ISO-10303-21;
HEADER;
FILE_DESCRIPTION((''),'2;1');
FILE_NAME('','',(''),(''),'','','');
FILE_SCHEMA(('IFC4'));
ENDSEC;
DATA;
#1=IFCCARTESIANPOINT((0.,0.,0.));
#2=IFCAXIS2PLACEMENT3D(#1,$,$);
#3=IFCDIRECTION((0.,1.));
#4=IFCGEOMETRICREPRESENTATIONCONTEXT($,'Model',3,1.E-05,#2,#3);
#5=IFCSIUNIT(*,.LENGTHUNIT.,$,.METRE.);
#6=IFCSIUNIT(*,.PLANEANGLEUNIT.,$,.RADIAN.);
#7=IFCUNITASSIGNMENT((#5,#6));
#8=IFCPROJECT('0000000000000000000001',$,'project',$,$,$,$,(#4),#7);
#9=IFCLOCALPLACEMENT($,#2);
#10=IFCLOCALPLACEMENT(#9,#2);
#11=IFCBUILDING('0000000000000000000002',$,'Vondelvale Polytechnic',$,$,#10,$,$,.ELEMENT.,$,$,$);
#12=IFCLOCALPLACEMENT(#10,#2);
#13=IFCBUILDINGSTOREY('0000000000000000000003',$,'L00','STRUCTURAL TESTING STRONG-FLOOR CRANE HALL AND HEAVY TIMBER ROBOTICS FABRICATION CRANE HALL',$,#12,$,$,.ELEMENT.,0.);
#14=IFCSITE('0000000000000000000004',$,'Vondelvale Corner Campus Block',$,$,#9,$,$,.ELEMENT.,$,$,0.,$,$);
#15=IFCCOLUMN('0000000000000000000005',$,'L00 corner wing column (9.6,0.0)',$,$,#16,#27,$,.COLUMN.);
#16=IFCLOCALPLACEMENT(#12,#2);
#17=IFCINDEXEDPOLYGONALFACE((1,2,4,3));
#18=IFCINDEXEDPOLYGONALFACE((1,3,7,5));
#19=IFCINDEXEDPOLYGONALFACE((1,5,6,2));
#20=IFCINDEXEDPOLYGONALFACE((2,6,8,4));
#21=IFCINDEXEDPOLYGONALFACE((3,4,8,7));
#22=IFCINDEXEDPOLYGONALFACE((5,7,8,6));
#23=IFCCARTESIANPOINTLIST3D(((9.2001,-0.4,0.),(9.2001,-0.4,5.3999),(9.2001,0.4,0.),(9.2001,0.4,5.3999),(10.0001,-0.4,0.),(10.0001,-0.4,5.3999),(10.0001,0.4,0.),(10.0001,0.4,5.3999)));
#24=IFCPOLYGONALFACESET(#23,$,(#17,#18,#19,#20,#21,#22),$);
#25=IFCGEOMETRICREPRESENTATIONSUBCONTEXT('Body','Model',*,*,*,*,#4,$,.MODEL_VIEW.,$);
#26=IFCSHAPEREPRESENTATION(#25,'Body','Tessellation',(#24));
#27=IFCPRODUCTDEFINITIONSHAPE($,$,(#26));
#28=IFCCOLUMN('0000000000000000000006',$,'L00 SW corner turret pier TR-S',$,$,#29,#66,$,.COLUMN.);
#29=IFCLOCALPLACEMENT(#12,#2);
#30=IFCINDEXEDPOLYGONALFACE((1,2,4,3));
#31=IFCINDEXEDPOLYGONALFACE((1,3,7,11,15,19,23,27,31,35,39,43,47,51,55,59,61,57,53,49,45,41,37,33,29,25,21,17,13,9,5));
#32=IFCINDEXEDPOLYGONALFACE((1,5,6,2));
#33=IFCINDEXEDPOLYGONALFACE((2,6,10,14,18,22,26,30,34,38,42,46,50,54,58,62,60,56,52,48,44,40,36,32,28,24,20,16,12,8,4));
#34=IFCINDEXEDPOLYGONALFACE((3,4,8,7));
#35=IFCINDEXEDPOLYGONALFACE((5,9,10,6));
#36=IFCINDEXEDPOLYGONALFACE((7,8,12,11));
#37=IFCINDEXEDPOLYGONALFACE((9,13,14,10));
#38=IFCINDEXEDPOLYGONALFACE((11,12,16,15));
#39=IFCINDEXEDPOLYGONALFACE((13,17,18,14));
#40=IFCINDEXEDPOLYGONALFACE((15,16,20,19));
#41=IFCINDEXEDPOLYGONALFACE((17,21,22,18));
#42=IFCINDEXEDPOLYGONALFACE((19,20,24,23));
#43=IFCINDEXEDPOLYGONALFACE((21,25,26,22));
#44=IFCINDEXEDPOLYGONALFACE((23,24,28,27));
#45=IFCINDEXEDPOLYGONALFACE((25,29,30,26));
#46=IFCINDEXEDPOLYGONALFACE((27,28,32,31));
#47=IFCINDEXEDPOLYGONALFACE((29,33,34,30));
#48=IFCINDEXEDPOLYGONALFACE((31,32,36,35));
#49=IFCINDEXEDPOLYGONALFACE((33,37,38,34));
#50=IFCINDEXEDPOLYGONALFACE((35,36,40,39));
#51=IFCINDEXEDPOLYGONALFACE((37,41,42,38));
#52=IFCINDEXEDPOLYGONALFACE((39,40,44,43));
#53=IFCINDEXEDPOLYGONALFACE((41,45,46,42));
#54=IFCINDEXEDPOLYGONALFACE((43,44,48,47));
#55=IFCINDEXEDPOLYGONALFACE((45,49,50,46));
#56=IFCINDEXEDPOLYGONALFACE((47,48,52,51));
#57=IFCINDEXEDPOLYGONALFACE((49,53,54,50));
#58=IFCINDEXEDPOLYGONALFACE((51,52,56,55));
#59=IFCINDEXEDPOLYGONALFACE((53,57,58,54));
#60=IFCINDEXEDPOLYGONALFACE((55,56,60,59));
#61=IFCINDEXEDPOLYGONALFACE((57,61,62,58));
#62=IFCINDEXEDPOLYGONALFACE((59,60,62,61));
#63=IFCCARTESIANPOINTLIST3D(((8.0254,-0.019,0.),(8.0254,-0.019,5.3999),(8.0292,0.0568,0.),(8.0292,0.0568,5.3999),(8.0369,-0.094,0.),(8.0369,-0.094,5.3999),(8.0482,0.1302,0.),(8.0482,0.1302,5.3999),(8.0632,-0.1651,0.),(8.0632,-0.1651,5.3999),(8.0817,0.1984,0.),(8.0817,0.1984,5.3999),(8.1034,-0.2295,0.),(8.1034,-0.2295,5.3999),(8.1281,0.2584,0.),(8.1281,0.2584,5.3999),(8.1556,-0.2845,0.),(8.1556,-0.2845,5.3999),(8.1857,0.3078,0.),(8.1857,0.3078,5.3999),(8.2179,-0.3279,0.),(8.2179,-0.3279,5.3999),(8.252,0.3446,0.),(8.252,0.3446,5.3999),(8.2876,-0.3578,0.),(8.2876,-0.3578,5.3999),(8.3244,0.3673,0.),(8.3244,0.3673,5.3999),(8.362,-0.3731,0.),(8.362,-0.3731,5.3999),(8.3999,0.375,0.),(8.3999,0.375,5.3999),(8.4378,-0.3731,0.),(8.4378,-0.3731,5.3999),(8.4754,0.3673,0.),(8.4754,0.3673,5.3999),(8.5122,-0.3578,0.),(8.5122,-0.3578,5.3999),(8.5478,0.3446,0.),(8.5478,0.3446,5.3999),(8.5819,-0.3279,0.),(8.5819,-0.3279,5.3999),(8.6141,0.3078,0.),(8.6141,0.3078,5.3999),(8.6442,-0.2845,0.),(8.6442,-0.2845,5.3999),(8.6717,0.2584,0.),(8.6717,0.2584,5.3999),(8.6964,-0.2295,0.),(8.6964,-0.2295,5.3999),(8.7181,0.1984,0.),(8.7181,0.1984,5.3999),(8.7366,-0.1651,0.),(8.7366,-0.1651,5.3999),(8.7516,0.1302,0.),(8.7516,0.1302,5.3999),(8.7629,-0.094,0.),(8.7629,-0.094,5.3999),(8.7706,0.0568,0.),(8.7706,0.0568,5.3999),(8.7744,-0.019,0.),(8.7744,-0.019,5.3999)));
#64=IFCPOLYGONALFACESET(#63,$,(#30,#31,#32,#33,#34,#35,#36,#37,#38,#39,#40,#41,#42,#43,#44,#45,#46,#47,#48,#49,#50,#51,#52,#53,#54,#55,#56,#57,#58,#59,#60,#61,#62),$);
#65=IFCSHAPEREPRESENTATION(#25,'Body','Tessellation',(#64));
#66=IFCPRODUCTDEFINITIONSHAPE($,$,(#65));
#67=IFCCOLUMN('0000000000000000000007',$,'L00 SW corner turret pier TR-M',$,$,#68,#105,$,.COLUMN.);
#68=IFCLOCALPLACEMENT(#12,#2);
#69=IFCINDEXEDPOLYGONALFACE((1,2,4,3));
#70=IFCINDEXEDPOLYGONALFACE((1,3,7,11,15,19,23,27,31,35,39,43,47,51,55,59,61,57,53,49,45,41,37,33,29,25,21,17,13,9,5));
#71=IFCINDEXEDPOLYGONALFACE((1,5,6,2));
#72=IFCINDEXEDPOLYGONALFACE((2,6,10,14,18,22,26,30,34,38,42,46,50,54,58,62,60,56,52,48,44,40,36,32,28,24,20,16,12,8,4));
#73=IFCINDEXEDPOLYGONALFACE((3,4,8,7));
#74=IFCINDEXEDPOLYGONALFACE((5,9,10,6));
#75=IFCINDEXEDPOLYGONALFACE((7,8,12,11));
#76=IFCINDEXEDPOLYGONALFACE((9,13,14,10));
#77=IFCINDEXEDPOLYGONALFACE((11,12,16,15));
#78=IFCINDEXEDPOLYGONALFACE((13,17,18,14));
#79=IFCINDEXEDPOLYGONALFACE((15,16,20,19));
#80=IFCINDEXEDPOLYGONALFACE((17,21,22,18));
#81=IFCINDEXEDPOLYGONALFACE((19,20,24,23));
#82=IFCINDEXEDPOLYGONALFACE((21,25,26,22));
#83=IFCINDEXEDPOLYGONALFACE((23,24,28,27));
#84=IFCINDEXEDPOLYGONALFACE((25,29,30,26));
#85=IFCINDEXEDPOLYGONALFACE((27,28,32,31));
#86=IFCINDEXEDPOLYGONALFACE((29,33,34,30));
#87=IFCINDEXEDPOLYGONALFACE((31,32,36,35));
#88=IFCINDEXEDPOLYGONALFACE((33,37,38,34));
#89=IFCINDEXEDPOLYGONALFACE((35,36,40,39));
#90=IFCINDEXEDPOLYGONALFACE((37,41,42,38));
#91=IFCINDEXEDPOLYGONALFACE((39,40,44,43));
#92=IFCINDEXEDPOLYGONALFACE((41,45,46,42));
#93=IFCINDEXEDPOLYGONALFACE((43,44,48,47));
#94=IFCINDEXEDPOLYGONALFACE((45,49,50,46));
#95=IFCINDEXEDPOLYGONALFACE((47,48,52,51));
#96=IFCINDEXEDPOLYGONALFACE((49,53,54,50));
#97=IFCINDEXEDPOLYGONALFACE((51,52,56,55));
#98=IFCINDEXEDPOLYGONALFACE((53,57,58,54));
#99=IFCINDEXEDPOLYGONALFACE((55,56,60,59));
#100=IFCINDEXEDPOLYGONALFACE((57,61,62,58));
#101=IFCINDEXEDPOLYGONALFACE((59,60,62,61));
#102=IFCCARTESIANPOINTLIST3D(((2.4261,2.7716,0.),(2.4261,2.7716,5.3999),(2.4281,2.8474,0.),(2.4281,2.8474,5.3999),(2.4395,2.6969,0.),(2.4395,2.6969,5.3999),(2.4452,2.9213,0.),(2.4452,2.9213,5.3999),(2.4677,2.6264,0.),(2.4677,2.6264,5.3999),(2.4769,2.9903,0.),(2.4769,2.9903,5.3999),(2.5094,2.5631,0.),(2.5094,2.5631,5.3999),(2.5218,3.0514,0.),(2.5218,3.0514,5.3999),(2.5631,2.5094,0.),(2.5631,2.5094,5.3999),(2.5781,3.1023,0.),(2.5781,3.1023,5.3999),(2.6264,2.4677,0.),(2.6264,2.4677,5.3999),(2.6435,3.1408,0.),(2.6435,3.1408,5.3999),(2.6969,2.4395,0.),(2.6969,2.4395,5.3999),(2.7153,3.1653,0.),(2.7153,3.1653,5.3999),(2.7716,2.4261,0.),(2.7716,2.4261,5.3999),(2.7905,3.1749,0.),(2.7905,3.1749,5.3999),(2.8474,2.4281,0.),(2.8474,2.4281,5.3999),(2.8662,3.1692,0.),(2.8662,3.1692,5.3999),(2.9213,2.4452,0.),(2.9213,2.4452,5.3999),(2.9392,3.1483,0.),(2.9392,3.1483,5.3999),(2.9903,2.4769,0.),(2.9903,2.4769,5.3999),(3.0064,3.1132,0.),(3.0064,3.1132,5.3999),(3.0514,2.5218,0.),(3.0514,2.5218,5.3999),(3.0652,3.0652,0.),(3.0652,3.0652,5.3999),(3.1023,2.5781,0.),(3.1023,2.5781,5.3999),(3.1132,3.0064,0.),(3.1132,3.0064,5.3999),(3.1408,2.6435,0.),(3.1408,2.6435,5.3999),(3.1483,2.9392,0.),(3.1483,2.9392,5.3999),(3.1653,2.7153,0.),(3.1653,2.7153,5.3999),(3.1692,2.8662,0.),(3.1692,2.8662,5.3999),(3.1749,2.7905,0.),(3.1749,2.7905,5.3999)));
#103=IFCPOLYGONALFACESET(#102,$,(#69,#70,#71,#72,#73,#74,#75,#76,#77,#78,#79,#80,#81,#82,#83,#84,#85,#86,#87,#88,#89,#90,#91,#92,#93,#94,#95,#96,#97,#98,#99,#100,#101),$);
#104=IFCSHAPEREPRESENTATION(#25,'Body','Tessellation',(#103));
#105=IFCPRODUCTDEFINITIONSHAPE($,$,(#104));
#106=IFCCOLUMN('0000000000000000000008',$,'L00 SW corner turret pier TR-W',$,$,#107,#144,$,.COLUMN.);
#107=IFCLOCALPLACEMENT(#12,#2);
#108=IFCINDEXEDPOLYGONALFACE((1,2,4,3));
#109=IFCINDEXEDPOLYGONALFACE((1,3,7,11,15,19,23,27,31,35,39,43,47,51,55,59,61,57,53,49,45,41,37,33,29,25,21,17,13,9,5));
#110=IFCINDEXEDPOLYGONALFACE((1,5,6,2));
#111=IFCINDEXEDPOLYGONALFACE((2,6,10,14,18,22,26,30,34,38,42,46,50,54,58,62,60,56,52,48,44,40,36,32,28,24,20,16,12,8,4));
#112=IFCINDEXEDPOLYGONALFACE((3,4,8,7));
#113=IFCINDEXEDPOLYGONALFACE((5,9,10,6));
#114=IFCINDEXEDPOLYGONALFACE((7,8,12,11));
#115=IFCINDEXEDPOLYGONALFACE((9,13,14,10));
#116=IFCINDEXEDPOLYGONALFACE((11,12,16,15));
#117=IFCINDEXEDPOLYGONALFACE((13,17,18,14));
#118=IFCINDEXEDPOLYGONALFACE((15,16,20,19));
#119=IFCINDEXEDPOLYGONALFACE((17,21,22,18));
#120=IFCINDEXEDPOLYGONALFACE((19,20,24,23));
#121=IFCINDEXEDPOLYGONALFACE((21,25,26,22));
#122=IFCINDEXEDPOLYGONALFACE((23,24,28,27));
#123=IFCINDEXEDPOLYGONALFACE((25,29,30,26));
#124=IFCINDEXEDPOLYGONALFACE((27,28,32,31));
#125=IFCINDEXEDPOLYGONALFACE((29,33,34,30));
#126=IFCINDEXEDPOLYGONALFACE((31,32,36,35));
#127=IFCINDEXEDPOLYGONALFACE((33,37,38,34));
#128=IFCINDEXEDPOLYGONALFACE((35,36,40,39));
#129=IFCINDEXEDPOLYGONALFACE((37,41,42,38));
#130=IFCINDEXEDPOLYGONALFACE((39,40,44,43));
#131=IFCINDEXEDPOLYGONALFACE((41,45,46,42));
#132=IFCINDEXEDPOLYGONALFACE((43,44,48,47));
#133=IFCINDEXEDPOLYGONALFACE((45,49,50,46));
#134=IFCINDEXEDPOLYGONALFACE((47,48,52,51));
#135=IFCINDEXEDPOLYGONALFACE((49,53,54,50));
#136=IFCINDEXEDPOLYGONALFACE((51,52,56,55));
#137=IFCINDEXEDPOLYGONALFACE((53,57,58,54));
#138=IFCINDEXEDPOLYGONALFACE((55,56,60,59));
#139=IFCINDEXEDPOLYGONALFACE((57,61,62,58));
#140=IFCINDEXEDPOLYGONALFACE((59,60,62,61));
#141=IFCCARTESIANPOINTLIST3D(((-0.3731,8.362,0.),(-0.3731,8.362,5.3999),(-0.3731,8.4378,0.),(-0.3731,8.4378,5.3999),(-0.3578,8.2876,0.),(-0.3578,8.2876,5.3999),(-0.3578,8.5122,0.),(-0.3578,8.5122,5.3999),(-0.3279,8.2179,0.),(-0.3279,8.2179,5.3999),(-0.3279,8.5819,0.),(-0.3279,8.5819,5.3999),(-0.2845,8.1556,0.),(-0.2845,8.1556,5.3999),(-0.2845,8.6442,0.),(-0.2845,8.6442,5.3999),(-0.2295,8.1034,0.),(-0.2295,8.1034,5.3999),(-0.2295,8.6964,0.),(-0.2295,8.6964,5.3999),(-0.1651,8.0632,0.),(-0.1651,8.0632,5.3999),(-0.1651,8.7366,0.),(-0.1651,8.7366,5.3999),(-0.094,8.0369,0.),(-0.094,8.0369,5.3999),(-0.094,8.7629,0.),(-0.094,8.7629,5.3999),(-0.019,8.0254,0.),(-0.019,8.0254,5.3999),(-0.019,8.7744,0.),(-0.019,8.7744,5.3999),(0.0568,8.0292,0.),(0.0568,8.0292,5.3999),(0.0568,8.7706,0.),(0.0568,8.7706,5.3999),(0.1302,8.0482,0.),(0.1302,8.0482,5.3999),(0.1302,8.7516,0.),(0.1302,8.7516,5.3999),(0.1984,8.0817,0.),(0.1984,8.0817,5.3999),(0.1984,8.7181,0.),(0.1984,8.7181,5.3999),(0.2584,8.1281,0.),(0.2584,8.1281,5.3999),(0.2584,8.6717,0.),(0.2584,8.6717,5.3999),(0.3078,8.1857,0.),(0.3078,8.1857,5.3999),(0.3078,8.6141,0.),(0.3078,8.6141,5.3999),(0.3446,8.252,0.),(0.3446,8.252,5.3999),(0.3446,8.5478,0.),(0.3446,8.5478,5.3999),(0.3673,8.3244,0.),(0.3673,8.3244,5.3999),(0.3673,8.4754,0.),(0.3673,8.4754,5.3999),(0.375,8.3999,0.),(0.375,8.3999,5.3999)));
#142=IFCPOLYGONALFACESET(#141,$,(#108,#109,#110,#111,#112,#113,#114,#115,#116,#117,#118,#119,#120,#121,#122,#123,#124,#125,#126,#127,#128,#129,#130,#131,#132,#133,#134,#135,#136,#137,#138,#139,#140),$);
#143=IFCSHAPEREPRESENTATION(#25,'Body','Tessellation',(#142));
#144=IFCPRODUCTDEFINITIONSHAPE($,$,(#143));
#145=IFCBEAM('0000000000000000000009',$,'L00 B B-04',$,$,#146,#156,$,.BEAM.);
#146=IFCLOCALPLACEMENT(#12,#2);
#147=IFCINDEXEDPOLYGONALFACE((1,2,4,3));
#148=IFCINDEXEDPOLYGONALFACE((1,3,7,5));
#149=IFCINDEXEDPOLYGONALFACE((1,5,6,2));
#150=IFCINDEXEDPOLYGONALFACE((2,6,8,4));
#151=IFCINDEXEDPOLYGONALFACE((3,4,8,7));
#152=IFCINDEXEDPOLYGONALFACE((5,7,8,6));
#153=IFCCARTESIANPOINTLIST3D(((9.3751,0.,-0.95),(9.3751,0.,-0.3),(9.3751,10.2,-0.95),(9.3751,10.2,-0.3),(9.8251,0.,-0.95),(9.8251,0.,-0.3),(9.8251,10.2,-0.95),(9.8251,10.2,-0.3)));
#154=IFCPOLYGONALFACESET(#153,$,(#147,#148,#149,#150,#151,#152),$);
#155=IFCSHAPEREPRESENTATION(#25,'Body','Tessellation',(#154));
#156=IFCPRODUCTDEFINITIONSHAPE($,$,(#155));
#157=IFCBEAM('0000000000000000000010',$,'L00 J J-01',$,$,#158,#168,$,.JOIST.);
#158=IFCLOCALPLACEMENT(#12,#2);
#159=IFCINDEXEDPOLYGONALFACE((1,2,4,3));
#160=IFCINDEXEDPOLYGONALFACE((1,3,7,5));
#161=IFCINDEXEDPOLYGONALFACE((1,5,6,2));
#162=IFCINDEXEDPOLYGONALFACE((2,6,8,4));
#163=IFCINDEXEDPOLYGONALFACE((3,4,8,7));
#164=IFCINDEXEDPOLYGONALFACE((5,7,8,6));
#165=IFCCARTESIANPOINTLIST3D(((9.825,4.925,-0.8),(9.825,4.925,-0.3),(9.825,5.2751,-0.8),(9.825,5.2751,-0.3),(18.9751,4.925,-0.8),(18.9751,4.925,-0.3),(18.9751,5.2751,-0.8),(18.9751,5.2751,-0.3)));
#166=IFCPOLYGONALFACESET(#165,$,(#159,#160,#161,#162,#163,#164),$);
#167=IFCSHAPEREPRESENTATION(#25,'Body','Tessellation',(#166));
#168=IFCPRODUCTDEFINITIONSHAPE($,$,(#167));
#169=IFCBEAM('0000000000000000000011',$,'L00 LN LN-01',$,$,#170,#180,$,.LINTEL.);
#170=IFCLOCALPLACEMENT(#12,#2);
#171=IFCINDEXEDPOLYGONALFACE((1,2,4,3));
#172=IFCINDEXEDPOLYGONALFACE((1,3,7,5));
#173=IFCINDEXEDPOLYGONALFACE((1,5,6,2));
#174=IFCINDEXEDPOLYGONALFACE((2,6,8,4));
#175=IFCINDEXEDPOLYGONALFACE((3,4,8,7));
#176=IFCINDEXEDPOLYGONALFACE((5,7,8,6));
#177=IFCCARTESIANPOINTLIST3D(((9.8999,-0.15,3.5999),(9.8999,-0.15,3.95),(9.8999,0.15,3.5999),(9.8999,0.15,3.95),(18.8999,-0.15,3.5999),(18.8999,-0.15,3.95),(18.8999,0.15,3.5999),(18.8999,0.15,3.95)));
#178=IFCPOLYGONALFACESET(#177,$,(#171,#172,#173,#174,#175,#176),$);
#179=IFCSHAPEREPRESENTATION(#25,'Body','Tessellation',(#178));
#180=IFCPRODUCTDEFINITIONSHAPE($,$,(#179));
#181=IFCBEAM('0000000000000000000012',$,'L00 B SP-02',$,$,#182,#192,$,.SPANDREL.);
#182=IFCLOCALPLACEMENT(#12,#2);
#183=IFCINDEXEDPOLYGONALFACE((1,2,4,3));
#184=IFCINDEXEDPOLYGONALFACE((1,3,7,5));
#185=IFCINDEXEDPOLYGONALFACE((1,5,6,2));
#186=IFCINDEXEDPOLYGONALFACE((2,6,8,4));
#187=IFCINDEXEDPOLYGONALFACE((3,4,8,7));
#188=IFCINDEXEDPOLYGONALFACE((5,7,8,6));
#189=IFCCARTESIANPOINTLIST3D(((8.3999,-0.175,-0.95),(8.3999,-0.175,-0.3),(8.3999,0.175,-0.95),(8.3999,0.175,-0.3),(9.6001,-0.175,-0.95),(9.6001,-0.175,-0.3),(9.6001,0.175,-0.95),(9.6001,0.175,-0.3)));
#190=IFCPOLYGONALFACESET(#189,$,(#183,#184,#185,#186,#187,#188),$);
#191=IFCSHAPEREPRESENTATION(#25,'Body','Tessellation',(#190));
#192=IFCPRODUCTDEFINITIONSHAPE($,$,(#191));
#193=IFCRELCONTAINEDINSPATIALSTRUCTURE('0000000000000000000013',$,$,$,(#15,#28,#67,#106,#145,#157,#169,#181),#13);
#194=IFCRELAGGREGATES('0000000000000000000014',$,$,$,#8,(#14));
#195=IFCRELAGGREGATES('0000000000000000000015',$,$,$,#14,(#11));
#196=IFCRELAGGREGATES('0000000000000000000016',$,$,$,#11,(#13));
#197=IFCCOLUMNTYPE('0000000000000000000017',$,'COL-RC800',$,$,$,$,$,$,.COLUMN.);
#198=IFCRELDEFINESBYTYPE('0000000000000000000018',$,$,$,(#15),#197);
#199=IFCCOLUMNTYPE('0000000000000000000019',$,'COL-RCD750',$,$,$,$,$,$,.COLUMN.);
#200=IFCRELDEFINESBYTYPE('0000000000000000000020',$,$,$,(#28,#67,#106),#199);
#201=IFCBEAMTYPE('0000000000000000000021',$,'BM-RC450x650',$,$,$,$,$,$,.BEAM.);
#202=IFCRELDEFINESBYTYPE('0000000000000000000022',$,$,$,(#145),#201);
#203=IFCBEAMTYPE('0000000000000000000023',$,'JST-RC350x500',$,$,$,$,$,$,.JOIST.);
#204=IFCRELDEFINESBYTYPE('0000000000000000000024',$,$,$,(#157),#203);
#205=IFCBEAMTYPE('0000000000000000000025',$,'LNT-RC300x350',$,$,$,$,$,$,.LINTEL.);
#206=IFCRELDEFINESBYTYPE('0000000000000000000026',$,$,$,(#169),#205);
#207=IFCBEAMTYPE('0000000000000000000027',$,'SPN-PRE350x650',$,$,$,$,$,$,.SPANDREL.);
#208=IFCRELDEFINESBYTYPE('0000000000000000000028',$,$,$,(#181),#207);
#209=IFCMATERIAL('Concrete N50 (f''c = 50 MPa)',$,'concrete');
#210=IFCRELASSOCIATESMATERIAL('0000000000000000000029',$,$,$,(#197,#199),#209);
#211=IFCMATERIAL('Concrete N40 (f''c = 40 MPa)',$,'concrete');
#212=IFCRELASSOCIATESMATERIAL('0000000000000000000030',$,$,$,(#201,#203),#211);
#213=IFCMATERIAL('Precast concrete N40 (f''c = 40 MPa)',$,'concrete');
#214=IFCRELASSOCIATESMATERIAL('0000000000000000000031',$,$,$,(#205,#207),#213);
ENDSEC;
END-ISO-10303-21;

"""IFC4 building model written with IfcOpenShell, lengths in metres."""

from ifc_helpers import new_model, si_unit, direction, frame, origin, origin_2d, place, context, subcontext, project, spatial, rectangle, circle, extrude, material, material_profile, profile_set, type_object, element, save


model = new_model("IFC4")

# Units and contexts
model_context = context("Model", 3, precision=1e-05, world=origin(), true_north=direction((0.0, 1.0)))
body_context = subcontext(model_context, "Body", "Model", "MODEL_VIEW")
ifc_project = project(units=[si_unit("LENGTHUNIT", "METRE"), si_unit("PLANEANGLEUNIT", "RADIAN")], contexts=[model_context])

# Site, building, storey
site_placement = place(None, origin())
site = spatial("IfcSite", under=ifc_project, at=site_placement, Name="Vondelvale Corner Campus Block", CompositionType="ELEMENT", RefElevation=0.0)
building_placement = place(site_placement, origin())
building = spatial("IfcBuilding", under=site, at=building_placement, Name="Vondelvale Polytechnic", CompositionType="ELEMENT")
storey_placement = place(building_placement, origin())
storey = spatial("IfcBuildingStorey", under=building, at=storey_placement, Name="L00", Description="STRUCTURAL TESTING STRONG-FLOOR CRANE HALL AND HEAVY TIMBER ROBOTICS FABRICATION CRANE HALL", CompositionType="ELEMENT", Elevation=0.0)

# Columns
ifc_material_1 = material(Name="Concrete N50 (f'c = 50 MPa)", Category="concrete")
ifc_material_profile_1 = material_profile(ifc_material_1, rectangle(XDim=0.8, YDim=0.8, at=origin_2d()), Name="RC-COL-800x800")
ifc_profile_set_1 = profile_set([ifc_material_profile_1], Name="Concrete N50 (f'c = 50 MPa)")
column_type_1 = type_object("IfcColumnType", Name="COL-RC800", PredefinedType="COLUMN", material=ifc_profile_set_1)
column_placement = place(storey_placement, frame((9.6001, 0.0, 0.0), z_axis=(0.0, 0.0, 1.0), x_axis=(1.0, 0.0, 0.0)))
element("IfcColumn", 1, at=column_placement, inside=storey, type_object=column_type_1, Name="L00 corner wing column (9.6,0.0)", PredefinedType="COLUMN", context=body_context, shape_type="SweptSolid", body=[
    extrude(rectangle(XDim=0.8, YDim=0.8, at=origin_2d()), origin(), (0.0, 0.0, 1.0), 5.3999),
])
ifc_material_profile_2 = material_profile(ifc_material_1, circle(Radius=0.375, at=origin_2d()), Name="RC-COL-D750")
ifc_profile_set_2 = profile_set([ifc_material_profile_2], Name="Concrete N50 (f'c = 50 MPa)")
column_type_2 = type_object("IfcColumnType", Name="COL-RCD750", PredefinedType="COLUMN", material=ifc_profile_set_2)
for number, where, z_axis, x_axis, name in (
    (2, (8.3999, 0.0, 0.0), (0.0, 0.0, 1.0), (0.0, 1.0, 0.0), "L00 SW corner turret pier TR-S"),
    (3, (2.8, 2.8, 0.0), (0.0, 0.0, 1.0), (0.707107, 0.707107, 0.0), "L00 SW corner turret pier TR-M"),
    (4, (0.0, 8.3999, 0.0), (0.0, 0.0, 1.0), (1.0, 0.0, 0.0), "L00 SW corner turret pier TR-W"),
):
    element("IfcColumn", number, at=place(storey_placement, frame(where, z_axis=z_axis, x_axis=x_axis)), inside=storey, type_object=column_type_2, Name=name, PredefinedType="COLUMN", context=body_context, shape_type="SweptSolid", body=[
        extrude(circle(Radius=0.375, at=origin_2d()), origin(), (0.0, 0.0, 1.0), 5.3999),
    ])

# Beams
ifc_material_2 = material(Name="Concrete N40 (f'c = 40 MPa)", Category="concrete")
ifc_material_profile_3 = material_profile(ifc_material_2, rectangle(XDim=0.45, YDim=0.6499, at=origin_2d()), Name="RC-BM-450x650")
ifc_profile_set_3 = profile_set([ifc_material_profile_3], Name="Concrete N40 (f'c = 40 MPa)")
beam_type_1 = type_object("IfcBeamType", Name="BM-RC450x650", PredefinedType="BEAM", material=ifc_profile_set_3)
beam_1_placement = place(storey_placement, frame((9.6001, 0.0, -0.625), z_axis=(0.0, 1.0, 0.0), x_axis=(-1.0, 0.0, 0.0)))
element("IfcBeam", 5, at=beam_1_placement, inside=storey, type_object=beam_type_1, Name="L00 B B-04", PredefinedType="BEAM", context=body_context, shape_type="SweptSolid", body=[
    extrude(rectangle(XDim=0.45, YDim=0.6499, at=origin_2d()), origin(), (0.0, 0.0, 1.0), 10.2),
])
ifc_material_profile_4 = material_profile(ifc_material_2, rectangle(XDim=0.3501, YDim=0.5, at=origin_2d()), Name="RC-JST-350x500")
ifc_profile_set_4 = profile_set([ifc_material_profile_4], Name="Concrete N40 (f'c = 40 MPa)")
beam_type_2 = type_object("IfcBeamType", Name="JST-RC350x500", PredefinedType="JOIST", material=ifc_profile_set_4)
beam_2_placement = place(storey_placement, frame((9.825, 5.1001, -0.55), z_axis=(1.0, 0.0, 0.0), x_axis=(0.0, 1.0, 0.0)))
element("IfcBeam", 6, at=beam_2_placement, inside=storey, type_object=beam_type_2, Name="L00 J J-01", PredefinedType="JOIST", context=body_context, shape_type="SweptSolid", body=[
    extrude(rectangle(XDim=0.3501, YDim=0.5, at=origin_2d()), origin(), (0.0, 0.0, 1.0), 9.1501),
])
ifc_material_3 = material(Name="Precast concrete N40 (f'c = 40 MPa)", Category="concrete")
ifc_material_profile_5 = material_profile(ifc_material_3, rectangle(XDim=0.3, YDim=0.3501, at=origin_2d()), Name="RC-LNT-300x350")
ifc_profile_set_5 = profile_set([ifc_material_profile_5], Name="Precast concrete N40 (f'c = 40 MPa)")
beam_type_3 = type_object("IfcBeamType", Name="LNT-RC300x350", PredefinedType="LINTEL", material=ifc_profile_set_5)
beam_3_placement = place(storey_placement, frame((9.8999, 0.0, 3.7749), z_axis=(1.0, 0.0, 0.0), x_axis=(0.0, 1.0, 0.0)))
element("IfcBeam", 7, at=beam_3_placement, inside=storey, type_object=beam_type_3, Name="L00 LN LN-01", PredefinedType="LINTEL", context=body_context, shape_type="SweptSolid", body=[
    extrude(rectangle(XDim=0.3, YDim=0.3501, at=origin_2d()), origin(), (0.0, 0.0, 1.0), 9.0),
])
ifc_material_profile_6 = material_profile(ifc_material_3, rectangle(XDim=0.3501, YDim=0.6499, at=origin_2d()), Name="RC-SPN-350x650")
ifc_profile_set_6 = profile_set([ifc_material_profile_6], Name="Precast concrete N40 (f'c = 40 MPa)")
beam_type_4 = type_object("IfcBeamType", Name="SPN-PRE350x650", PredefinedType="SPANDREL", material=ifc_profile_set_6)
beam_4_placement = place(storey_placement, frame((8.3999, 0.0, -0.625), z_axis=(1.0, 0.0, 0.0), x_axis=(0.0, 1.0, 0.0)))
element("IfcBeam", 8, at=beam_4_placement, inside=storey, type_object=beam_type_4, Name="L00 B SP-02", PredefinedType="SPANDREL", context=body_context, shape_type="SweptSolid", body=[
    extrude(rectangle(XDim=0.3501, YDim=0.6499, at=origin_2d()), origin(), (0.0, 0.0, 1.0), 1.2002),
])

save(model, "model.ifc")
